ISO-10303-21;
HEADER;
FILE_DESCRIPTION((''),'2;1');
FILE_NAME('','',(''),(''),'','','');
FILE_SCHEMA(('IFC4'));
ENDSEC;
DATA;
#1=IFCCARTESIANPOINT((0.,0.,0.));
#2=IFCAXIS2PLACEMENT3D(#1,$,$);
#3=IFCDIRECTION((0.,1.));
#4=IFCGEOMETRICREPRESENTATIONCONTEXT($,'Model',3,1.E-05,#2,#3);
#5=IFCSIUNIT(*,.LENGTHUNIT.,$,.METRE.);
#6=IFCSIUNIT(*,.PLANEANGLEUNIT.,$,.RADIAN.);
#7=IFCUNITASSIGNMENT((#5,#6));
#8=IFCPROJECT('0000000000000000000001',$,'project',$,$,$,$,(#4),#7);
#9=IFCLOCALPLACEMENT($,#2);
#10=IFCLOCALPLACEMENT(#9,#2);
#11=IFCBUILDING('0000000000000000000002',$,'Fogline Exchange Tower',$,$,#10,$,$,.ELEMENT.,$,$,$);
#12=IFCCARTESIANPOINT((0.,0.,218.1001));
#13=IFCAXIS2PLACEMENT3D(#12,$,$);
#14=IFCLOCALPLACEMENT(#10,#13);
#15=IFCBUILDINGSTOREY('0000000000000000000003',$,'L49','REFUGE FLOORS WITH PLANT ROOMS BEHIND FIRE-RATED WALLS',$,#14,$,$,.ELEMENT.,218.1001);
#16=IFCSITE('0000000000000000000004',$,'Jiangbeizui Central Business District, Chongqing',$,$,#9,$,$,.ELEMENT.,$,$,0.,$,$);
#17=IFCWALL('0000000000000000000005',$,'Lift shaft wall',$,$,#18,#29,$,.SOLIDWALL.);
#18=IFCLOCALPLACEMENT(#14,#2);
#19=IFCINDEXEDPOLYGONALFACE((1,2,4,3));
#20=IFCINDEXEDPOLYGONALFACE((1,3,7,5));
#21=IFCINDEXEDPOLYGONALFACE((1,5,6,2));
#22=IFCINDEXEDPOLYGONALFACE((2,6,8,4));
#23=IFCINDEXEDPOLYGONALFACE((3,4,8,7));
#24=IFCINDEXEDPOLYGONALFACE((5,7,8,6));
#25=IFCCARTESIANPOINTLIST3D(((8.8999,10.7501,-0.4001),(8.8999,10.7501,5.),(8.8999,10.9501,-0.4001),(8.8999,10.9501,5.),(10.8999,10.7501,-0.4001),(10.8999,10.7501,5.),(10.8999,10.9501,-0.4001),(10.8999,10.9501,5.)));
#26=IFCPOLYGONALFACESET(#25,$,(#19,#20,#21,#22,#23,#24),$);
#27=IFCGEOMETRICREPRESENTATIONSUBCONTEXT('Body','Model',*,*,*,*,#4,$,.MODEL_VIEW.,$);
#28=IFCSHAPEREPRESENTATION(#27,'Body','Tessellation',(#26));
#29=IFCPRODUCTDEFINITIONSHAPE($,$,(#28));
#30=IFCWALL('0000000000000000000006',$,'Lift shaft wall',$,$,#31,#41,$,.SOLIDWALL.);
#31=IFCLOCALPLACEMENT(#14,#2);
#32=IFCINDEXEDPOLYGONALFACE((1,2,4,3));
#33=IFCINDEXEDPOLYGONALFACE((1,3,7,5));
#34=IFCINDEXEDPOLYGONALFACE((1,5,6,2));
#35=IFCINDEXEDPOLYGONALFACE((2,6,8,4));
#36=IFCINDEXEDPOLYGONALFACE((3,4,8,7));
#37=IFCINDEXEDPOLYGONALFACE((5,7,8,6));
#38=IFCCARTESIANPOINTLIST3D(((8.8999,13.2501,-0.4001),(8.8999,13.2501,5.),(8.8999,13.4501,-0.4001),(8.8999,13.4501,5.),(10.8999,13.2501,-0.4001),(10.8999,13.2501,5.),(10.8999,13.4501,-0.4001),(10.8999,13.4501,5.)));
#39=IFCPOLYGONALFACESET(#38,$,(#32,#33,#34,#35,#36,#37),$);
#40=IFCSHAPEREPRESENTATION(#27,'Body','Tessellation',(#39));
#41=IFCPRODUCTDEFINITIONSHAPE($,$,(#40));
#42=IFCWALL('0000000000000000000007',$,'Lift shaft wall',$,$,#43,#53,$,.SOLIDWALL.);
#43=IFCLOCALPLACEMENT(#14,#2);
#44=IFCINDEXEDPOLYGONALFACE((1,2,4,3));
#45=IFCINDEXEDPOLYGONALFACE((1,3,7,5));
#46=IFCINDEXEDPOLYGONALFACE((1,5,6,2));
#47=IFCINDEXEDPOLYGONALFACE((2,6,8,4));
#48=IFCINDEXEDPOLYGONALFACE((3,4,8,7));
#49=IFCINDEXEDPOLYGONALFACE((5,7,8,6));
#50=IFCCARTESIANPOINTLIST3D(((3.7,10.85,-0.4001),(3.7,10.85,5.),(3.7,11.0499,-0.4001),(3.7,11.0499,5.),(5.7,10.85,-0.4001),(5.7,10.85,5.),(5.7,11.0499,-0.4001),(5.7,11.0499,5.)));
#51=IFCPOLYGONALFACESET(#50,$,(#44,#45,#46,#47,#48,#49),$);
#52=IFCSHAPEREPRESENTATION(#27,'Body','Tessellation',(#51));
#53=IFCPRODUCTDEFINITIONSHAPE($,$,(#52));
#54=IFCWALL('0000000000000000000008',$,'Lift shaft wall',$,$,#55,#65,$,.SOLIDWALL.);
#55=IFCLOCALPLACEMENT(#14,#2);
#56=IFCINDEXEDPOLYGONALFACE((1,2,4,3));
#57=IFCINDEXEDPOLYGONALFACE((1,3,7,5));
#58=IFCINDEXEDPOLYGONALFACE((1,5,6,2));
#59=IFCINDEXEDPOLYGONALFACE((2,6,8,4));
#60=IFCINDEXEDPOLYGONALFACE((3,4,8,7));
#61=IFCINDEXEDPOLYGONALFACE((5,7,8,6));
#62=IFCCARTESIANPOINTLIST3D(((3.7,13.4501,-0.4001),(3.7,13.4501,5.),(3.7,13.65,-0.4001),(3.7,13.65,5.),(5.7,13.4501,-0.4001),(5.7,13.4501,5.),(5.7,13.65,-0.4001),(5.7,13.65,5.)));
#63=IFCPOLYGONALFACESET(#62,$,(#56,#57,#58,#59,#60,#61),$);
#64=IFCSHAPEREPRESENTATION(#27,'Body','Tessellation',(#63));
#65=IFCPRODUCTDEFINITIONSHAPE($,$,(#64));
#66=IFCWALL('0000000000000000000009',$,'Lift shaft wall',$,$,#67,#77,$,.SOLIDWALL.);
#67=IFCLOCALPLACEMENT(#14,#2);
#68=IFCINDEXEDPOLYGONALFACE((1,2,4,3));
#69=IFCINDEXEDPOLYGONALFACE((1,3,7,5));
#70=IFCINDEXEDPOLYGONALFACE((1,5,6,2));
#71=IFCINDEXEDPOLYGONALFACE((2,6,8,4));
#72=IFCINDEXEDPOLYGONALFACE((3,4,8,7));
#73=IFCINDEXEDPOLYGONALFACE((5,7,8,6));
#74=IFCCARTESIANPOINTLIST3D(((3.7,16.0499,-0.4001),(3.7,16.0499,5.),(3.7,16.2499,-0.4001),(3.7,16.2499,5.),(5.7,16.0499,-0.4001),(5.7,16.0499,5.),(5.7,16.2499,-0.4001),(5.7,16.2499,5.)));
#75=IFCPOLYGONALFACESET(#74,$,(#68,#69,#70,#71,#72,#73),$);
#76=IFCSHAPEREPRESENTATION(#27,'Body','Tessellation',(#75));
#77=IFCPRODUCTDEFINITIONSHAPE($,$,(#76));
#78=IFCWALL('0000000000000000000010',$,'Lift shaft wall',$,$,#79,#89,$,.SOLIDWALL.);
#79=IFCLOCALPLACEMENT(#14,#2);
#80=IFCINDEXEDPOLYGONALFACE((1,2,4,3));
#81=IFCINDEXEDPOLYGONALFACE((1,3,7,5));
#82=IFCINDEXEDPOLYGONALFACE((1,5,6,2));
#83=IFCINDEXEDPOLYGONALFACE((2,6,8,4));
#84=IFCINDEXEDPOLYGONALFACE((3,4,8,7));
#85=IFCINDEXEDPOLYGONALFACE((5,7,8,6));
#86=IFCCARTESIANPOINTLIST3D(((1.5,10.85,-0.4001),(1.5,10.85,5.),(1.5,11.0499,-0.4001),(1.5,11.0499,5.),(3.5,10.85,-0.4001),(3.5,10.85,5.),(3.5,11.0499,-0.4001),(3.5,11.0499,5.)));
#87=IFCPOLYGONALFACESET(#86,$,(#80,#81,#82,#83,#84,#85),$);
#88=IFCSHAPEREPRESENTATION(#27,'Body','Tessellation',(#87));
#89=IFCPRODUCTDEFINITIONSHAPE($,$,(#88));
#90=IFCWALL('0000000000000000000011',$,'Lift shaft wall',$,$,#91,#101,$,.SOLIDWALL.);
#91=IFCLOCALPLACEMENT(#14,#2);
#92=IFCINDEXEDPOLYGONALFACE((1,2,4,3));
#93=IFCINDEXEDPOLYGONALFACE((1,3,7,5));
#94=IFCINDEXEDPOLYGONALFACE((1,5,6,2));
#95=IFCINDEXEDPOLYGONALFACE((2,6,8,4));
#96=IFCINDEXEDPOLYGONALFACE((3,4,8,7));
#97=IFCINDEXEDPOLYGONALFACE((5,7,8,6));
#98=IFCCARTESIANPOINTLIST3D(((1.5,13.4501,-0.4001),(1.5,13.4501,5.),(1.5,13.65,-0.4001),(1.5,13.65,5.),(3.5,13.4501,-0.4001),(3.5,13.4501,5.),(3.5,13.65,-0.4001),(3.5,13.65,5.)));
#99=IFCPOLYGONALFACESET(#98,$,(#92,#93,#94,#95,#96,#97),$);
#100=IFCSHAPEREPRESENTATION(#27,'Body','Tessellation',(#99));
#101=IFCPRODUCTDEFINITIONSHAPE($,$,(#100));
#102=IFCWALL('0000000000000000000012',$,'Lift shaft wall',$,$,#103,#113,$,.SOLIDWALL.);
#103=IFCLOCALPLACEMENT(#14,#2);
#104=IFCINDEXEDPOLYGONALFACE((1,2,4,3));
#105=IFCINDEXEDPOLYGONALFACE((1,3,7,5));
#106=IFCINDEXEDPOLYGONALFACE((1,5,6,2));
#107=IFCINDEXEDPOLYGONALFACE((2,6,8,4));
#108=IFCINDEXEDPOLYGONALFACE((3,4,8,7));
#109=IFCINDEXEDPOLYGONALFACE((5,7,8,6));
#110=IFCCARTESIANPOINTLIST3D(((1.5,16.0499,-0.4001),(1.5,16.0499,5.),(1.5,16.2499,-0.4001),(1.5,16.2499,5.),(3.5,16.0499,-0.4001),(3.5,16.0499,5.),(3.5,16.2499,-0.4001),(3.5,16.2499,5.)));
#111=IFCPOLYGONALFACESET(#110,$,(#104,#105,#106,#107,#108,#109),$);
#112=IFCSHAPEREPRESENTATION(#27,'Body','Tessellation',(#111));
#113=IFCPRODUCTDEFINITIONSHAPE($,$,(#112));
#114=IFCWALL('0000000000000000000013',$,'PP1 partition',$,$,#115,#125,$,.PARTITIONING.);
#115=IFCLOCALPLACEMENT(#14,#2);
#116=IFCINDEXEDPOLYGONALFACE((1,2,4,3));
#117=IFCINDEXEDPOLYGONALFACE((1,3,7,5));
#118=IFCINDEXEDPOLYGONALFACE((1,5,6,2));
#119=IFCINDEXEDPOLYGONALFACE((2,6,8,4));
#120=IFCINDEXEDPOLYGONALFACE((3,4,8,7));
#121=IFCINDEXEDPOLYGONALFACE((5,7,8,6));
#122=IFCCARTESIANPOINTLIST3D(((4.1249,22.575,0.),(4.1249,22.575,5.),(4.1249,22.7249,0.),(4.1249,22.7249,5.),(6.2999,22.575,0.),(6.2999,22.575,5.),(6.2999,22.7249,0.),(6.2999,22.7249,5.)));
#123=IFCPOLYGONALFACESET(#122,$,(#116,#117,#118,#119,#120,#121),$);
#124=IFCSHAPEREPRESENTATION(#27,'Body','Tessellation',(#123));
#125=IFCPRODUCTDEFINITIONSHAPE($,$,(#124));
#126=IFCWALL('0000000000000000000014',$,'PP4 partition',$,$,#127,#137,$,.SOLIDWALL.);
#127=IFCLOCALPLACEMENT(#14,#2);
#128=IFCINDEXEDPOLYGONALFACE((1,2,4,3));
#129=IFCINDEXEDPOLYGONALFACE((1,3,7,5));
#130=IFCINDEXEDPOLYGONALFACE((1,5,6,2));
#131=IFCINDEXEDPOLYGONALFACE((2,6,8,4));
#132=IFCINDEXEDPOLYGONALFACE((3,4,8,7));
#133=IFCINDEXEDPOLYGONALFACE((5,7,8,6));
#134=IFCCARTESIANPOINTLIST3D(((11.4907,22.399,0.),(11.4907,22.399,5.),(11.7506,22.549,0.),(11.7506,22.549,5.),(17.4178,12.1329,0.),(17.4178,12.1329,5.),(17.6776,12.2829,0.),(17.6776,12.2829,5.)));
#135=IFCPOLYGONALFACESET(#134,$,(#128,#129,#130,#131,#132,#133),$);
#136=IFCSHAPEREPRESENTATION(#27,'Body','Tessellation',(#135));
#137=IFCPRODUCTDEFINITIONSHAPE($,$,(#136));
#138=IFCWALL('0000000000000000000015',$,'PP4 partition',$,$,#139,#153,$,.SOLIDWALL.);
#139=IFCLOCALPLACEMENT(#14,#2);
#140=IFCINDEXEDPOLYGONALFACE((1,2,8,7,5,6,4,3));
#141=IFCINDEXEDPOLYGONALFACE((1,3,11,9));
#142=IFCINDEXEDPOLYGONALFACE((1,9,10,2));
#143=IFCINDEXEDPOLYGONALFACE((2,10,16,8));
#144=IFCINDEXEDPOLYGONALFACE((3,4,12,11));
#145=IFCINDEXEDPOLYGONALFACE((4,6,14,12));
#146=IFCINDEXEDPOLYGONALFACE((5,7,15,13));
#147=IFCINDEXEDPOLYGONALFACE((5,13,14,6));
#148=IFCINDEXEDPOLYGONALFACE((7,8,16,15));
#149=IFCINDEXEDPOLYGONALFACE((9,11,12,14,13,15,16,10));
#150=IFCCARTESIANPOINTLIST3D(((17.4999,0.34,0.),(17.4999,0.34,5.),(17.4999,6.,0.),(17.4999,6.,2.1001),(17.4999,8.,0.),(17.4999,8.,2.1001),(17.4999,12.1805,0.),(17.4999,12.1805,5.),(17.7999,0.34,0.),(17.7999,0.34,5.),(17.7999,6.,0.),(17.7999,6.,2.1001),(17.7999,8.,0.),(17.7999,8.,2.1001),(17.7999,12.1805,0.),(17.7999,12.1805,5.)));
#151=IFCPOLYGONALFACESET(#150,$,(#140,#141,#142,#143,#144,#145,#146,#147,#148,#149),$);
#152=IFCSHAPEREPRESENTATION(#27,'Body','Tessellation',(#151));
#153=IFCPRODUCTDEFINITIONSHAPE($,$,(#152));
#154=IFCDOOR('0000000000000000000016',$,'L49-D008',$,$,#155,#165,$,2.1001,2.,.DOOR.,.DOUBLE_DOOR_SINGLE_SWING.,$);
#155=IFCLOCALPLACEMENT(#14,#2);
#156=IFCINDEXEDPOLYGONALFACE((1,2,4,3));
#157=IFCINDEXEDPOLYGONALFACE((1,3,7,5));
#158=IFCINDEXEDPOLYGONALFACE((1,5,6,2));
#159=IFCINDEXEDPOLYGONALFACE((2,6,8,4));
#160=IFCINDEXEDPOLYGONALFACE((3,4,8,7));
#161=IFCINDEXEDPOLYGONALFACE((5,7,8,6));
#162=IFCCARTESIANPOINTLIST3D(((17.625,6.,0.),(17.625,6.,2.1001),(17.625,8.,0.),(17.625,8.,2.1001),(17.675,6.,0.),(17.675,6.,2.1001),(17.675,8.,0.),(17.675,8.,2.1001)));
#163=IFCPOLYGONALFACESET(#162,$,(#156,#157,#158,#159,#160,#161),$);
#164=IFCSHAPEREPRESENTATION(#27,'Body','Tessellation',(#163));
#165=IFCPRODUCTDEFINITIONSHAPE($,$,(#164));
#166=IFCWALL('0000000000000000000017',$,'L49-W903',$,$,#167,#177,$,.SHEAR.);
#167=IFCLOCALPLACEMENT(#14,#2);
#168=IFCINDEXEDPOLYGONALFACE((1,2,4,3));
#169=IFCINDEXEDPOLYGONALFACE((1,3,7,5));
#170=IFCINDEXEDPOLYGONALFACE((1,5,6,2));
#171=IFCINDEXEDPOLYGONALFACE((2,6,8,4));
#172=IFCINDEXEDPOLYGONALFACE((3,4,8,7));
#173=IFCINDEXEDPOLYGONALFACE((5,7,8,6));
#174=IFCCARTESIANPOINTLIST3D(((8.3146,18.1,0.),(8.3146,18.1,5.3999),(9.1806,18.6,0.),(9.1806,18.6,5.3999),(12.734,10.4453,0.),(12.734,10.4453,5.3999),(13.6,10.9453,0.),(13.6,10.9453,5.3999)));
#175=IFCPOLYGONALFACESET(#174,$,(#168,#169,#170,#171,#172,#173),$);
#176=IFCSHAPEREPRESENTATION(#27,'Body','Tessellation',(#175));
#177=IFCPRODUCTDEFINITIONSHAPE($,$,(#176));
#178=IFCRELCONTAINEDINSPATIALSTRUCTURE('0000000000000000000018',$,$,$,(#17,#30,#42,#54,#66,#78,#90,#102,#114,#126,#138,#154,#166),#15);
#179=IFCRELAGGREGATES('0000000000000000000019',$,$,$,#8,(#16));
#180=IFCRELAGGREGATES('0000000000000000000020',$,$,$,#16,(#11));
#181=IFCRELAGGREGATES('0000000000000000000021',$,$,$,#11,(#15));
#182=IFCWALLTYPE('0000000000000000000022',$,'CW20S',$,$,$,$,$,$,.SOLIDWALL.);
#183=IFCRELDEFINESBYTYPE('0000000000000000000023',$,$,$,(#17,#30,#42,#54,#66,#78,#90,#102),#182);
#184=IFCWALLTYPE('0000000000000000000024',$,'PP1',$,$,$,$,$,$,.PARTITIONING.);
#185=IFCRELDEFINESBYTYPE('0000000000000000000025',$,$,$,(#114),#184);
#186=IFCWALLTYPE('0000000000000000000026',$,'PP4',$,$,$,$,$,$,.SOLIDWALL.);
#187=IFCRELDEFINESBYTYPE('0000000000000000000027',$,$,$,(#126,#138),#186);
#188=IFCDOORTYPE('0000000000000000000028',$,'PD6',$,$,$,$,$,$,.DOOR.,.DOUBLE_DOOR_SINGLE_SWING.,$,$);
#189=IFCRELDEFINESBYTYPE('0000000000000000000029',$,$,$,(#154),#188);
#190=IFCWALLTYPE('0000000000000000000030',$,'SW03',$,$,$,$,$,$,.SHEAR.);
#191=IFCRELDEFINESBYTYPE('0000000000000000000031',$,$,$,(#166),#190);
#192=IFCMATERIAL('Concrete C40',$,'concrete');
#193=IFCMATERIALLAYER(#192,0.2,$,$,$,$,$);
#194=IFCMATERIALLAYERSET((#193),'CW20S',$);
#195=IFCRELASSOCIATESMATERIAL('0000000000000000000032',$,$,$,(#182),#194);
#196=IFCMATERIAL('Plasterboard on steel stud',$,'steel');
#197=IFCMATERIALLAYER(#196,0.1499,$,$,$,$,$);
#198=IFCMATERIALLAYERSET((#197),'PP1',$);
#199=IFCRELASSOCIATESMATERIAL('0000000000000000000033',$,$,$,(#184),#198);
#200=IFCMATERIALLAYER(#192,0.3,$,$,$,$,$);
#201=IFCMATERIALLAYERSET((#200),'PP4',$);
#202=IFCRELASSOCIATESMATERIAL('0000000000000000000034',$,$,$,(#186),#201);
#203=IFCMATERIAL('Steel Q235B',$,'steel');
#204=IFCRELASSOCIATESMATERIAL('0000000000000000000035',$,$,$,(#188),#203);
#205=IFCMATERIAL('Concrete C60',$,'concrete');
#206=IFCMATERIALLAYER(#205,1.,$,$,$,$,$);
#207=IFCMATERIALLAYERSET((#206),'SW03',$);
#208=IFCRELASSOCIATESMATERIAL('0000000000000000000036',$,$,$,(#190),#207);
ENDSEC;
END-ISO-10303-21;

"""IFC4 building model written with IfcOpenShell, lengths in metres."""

from ifc_helpers import new_model, si_unit, direction, frame, frame_2d, origin, place, context, subcontext, project, spatial, rectangle, extrude, material, layer, layer_set, type_object, element, fill, save


model = new_model("IFC4")

# Units and contexts
model_context = context("Model", 3, precision=1e-05, world=origin(), true_north=direction((0.0, 1.0)))
body_context = subcontext(model_context, "Body", "Model", "MODEL_VIEW")
ifc_project = project(units=[si_unit("LENGTHUNIT", "METRE"), si_unit("PLANEANGLEUNIT", "RADIAN")], contexts=[model_context])

# Site, building, storey
site_placement = place(None, origin())
site = spatial("IfcSite", under=ifc_project, at=site_placement, Name="Jiangbeizui Central Business District, Chongqing", CompositionType="ELEMENT", RefElevation=0.0)
building_placement = place(site_placement, origin())
building = spatial("IfcBuilding", under=site, at=building_placement, Name="Fogline Exchange Tower", CompositionType="ELEMENT")
storey_placement = place(building_placement, frame((0.0, 0.0, 218.1001)))
storey = spatial("IfcBuildingStorey", under=building, at=storey_placement, Name="L49", Description="REFUGE FLOORS WITH PLANT ROOMS BEHIND FIRE-RATED WALLS", CompositionType="ELEMENT", Elevation=218.1001)

# Shared definitions
ifc_material_1 = material(Name="Concrete C60", Category="concrete")

# Shared definitions
ifc_material_2 = material(Name="Concrete C40", Category="concrete")

# Walls
ifc_layer_1 = layer(ifc_material_2, 0.2)
ifc_layer_set_1 = layer_set([ifc_layer_1], Name="CW20S")
wall_type_1 = type_object("IfcWallType", Name="CW20S", PredefinedType="SOLIDWALL", material=ifc_layer_set_1)
for number, where, z_axis, x_axis, name in (
    (1, (8.8999, 10.8501, -0.4001), (0.0, 0.0, 1.0), (1.0, 0.0, 0.0), "Lift shaft wall"),
    (2, (8.8999, 13.3501, -0.4001), (0.0, 0.0, 1.0), (1.0, 0.0, 0.0), "Lift shaft wall"),
    (3, (3.7, 10.95, -0.4001), (0.0, 0.0, 1.0), (1.0, 0.0, 0.0), "Lift shaft wall"),
    (4, (3.7, 13.55, -0.4001), (0.0, 0.0, 1.0), (1.0, 0.0, 0.0), "Lift shaft wall"),
    (5, (3.7, 16.1499, -0.4001), (0.0, 0.0, 1.0), (1.0, 0.0, 0.0), "Lift shaft wall"),
    (6, (1.5, 10.95, -0.4001), (0.0, 0.0, 1.0), (1.0, 0.0, 0.0), "Lift shaft wall"),
    (7, (1.5, 13.55, -0.4001), (0.0, 0.0, 1.0), (1.0, 0.0, 0.0), "Lift shaft wall"),
    (8, (1.5, 16.1499, -0.4001), (0.0, 0.0, 1.0), (1.0, 0.0, 0.0), "Lift shaft wall"),
):
    element("IfcWall", number, at=place(storey_placement, frame(where, z_axis=z_axis, x_axis=x_axis)), inside=storey, type_object=wall_type_1, Name=name, PredefinedType="SOLIDWALL", context=body_context, shape_type="SweptSolid", body=[
        extrude(rectangle(XDim=2.0, YDim=0.2, at=frame_2d((1.0, 0.0))), origin(), (0.0, 0.0, 1.0), 5.4001),
    ])
ifc_material_3 = material(Name="Plasterboard on steel stud", Category="steel")
ifc_layer_2 = layer(ifc_material_3, 0.1499)
ifc_layer_set_2 = layer_set([ifc_layer_2], Name="PP1")
wall_type_2 = type_object("IfcWallType", Name="PP1", PredefinedType="PARTITIONING", material=ifc_layer_set_2)
wall_1_placement = place(storey_placement, frame((4.125, 22.6499, 0.0), z_axis=(0.0, 0.0, 1.0), x_axis=(1.0, 0.0, 0.0)))
element("IfcWall", 9, at=wall_1_placement, inside=storey, type_object=wall_type_2, Name="PP1 partition", PredefinedType="PARTITIONING", context=body_context, shape_type="SweptSolid", body=[
    extrude(rectangle(XDim=2.175, YDim=0.1499, at=frame_2d((1.0874, 0.0))), origin(), (0.0, 0.0, 1.0), 5.0),
])
ifc_layer_3 = layer(ifc_material_2, 0.3)
ifc_layer_set_3 = layer_set([ifc_layer_3], Name="PP4")
wall_type_3 = type_object("IfcWallType", Name="PP4", PredefinedType="SOLIDWALL", material=ifc_layer_set_3)
wall_2_placement = place(storey_placement, frame((11.6206, 22.4741, 0.0), z_axis=(0.0, 0.0, 1.0), x_axis=(0.499991, -0.866031, 0.0)))
element("IfcWall", 10, at=wall_2_placement, inside=storey, type_object=wall_type_3, Name="PP4 partition", PredefinedType="SOLIDWALL", context=body_context, shape_type="SweptSolid", body=[
    extrude(rectangle(XDim=11.8542, YDim=0.3, at=frame_2d((5.9272, 0.0))), origin(), (0.0, 0.0, 1.0), 5.0),
])

# Wall, opening, door
wall_3_placement = place(storey_placement, frame((17.6499, 12.1807, 0.0), z_axis=(0.0, 0.0, 1.0), x_axis=(0.0, -1.0, 0.0)))
wall_3 = element("IfcWall", 11, at=wall_3_placement, inside=storey, type_object=wall_type_3, Name="PP4 partition", PredefinedType="SOLIDWALL", context=body_context, shape_type="SweptSolid", body=[
    extrude(rectangle(XDim=11.8406, YDim=0.3, at=frame_2d((5.9204, 0.0))), origin(), (0.0, 0.0, 1.0), 5.0),
])
opening_1_placement = place(wall_3_placement, frame((4.1807, 0.0, 0.0)))
opening_1 = element("IfcOpeningElement", 12, at=opening_1_placement, cuts=wall_3, PredefinedType="OPENING", context=body_context, shape_type="SweptSolid", body=[
    extrude(rectangle(XDim=2.0, YDim=2.1001, at=frame_2d((1.0, 1.05))), frame((0.0, 0.1602, 0.0), z_axis=(0.0, -1.0, 0.0), x_axis=(1.0, 0.0, 0.0)), (0.0, 0.0, 1.0), 0.3201),
])
ifc_material_4 = material(Name="Steel Q235B", Category="steel")
door_type_1 = type_object("IfcDoorType", Name="PD6", OperationType="DOUBLE_DOOR_SINGLE_SWING", PredefinedType="DOOR", material=ifc_material_4)
door_1_placement = place(opening_1_placement, frame((2.0, 0.0, 0.0), z_axis=(0.0, 0.0, 1.0), x_axis=(-1.0, 0.0, 0.0)))
door_1 = element("IfcDoor", 13, at=door_1_placement, inside=storey, type_object=door_type_1, Name="L49-D008", OperationType="DOUBLE_DOOR_SINGLE_SWING", OverallHeight=2.1001, OverallWidth=2.0, PredefinedType="DOOR", context=body_context, shape_type="SweptSolid", body=[
    extrude(rectangle(XDim=2.0, YDim=2.1001, at=frame_2d((1.0, 1.05))), frame((0.0, 0.0249, 0.0), z_axis=(0.0, -1.0, 0.0), x_axis=(1.0, 0.0, 0.0)), (0.0, 0.0, 1.0), 0.05),
])
fill(opening_1, door_1)

# Wall
ifc_layer_4 = layer(ifc_material_1, 1.0)
ifc_layer_set_4 = layer_set([ifc_layer_4], Name="SW03")
wall_type_4 = type_object("IfcWallType", Name="SW03", PredefinedType="SHEAR", material=ifc_layer_set_4)
wall_4_placement = place(storey_placement, frame((13.167, 10.6953, 0.0), z_axis=(0.0, 0.0, 1.0), x_axis=(-0.499995, 0.866028, 0.0)))
element("IfcWall", 14, at=wall_4_placement, inside=storey, type_object=wall_type_4, Name="L49-W903", PredefinedType="SHEAR", context=body_context, shape_type="SweptSolid", body=[
    extrude(rectangle(XDim=8.8389, YDim=1.0, at=frame_2d((4.4194, 0.0))), origin(), (0.0, 0.0, 1.0), 5.3999),
])

save(model, "model.ifc")
